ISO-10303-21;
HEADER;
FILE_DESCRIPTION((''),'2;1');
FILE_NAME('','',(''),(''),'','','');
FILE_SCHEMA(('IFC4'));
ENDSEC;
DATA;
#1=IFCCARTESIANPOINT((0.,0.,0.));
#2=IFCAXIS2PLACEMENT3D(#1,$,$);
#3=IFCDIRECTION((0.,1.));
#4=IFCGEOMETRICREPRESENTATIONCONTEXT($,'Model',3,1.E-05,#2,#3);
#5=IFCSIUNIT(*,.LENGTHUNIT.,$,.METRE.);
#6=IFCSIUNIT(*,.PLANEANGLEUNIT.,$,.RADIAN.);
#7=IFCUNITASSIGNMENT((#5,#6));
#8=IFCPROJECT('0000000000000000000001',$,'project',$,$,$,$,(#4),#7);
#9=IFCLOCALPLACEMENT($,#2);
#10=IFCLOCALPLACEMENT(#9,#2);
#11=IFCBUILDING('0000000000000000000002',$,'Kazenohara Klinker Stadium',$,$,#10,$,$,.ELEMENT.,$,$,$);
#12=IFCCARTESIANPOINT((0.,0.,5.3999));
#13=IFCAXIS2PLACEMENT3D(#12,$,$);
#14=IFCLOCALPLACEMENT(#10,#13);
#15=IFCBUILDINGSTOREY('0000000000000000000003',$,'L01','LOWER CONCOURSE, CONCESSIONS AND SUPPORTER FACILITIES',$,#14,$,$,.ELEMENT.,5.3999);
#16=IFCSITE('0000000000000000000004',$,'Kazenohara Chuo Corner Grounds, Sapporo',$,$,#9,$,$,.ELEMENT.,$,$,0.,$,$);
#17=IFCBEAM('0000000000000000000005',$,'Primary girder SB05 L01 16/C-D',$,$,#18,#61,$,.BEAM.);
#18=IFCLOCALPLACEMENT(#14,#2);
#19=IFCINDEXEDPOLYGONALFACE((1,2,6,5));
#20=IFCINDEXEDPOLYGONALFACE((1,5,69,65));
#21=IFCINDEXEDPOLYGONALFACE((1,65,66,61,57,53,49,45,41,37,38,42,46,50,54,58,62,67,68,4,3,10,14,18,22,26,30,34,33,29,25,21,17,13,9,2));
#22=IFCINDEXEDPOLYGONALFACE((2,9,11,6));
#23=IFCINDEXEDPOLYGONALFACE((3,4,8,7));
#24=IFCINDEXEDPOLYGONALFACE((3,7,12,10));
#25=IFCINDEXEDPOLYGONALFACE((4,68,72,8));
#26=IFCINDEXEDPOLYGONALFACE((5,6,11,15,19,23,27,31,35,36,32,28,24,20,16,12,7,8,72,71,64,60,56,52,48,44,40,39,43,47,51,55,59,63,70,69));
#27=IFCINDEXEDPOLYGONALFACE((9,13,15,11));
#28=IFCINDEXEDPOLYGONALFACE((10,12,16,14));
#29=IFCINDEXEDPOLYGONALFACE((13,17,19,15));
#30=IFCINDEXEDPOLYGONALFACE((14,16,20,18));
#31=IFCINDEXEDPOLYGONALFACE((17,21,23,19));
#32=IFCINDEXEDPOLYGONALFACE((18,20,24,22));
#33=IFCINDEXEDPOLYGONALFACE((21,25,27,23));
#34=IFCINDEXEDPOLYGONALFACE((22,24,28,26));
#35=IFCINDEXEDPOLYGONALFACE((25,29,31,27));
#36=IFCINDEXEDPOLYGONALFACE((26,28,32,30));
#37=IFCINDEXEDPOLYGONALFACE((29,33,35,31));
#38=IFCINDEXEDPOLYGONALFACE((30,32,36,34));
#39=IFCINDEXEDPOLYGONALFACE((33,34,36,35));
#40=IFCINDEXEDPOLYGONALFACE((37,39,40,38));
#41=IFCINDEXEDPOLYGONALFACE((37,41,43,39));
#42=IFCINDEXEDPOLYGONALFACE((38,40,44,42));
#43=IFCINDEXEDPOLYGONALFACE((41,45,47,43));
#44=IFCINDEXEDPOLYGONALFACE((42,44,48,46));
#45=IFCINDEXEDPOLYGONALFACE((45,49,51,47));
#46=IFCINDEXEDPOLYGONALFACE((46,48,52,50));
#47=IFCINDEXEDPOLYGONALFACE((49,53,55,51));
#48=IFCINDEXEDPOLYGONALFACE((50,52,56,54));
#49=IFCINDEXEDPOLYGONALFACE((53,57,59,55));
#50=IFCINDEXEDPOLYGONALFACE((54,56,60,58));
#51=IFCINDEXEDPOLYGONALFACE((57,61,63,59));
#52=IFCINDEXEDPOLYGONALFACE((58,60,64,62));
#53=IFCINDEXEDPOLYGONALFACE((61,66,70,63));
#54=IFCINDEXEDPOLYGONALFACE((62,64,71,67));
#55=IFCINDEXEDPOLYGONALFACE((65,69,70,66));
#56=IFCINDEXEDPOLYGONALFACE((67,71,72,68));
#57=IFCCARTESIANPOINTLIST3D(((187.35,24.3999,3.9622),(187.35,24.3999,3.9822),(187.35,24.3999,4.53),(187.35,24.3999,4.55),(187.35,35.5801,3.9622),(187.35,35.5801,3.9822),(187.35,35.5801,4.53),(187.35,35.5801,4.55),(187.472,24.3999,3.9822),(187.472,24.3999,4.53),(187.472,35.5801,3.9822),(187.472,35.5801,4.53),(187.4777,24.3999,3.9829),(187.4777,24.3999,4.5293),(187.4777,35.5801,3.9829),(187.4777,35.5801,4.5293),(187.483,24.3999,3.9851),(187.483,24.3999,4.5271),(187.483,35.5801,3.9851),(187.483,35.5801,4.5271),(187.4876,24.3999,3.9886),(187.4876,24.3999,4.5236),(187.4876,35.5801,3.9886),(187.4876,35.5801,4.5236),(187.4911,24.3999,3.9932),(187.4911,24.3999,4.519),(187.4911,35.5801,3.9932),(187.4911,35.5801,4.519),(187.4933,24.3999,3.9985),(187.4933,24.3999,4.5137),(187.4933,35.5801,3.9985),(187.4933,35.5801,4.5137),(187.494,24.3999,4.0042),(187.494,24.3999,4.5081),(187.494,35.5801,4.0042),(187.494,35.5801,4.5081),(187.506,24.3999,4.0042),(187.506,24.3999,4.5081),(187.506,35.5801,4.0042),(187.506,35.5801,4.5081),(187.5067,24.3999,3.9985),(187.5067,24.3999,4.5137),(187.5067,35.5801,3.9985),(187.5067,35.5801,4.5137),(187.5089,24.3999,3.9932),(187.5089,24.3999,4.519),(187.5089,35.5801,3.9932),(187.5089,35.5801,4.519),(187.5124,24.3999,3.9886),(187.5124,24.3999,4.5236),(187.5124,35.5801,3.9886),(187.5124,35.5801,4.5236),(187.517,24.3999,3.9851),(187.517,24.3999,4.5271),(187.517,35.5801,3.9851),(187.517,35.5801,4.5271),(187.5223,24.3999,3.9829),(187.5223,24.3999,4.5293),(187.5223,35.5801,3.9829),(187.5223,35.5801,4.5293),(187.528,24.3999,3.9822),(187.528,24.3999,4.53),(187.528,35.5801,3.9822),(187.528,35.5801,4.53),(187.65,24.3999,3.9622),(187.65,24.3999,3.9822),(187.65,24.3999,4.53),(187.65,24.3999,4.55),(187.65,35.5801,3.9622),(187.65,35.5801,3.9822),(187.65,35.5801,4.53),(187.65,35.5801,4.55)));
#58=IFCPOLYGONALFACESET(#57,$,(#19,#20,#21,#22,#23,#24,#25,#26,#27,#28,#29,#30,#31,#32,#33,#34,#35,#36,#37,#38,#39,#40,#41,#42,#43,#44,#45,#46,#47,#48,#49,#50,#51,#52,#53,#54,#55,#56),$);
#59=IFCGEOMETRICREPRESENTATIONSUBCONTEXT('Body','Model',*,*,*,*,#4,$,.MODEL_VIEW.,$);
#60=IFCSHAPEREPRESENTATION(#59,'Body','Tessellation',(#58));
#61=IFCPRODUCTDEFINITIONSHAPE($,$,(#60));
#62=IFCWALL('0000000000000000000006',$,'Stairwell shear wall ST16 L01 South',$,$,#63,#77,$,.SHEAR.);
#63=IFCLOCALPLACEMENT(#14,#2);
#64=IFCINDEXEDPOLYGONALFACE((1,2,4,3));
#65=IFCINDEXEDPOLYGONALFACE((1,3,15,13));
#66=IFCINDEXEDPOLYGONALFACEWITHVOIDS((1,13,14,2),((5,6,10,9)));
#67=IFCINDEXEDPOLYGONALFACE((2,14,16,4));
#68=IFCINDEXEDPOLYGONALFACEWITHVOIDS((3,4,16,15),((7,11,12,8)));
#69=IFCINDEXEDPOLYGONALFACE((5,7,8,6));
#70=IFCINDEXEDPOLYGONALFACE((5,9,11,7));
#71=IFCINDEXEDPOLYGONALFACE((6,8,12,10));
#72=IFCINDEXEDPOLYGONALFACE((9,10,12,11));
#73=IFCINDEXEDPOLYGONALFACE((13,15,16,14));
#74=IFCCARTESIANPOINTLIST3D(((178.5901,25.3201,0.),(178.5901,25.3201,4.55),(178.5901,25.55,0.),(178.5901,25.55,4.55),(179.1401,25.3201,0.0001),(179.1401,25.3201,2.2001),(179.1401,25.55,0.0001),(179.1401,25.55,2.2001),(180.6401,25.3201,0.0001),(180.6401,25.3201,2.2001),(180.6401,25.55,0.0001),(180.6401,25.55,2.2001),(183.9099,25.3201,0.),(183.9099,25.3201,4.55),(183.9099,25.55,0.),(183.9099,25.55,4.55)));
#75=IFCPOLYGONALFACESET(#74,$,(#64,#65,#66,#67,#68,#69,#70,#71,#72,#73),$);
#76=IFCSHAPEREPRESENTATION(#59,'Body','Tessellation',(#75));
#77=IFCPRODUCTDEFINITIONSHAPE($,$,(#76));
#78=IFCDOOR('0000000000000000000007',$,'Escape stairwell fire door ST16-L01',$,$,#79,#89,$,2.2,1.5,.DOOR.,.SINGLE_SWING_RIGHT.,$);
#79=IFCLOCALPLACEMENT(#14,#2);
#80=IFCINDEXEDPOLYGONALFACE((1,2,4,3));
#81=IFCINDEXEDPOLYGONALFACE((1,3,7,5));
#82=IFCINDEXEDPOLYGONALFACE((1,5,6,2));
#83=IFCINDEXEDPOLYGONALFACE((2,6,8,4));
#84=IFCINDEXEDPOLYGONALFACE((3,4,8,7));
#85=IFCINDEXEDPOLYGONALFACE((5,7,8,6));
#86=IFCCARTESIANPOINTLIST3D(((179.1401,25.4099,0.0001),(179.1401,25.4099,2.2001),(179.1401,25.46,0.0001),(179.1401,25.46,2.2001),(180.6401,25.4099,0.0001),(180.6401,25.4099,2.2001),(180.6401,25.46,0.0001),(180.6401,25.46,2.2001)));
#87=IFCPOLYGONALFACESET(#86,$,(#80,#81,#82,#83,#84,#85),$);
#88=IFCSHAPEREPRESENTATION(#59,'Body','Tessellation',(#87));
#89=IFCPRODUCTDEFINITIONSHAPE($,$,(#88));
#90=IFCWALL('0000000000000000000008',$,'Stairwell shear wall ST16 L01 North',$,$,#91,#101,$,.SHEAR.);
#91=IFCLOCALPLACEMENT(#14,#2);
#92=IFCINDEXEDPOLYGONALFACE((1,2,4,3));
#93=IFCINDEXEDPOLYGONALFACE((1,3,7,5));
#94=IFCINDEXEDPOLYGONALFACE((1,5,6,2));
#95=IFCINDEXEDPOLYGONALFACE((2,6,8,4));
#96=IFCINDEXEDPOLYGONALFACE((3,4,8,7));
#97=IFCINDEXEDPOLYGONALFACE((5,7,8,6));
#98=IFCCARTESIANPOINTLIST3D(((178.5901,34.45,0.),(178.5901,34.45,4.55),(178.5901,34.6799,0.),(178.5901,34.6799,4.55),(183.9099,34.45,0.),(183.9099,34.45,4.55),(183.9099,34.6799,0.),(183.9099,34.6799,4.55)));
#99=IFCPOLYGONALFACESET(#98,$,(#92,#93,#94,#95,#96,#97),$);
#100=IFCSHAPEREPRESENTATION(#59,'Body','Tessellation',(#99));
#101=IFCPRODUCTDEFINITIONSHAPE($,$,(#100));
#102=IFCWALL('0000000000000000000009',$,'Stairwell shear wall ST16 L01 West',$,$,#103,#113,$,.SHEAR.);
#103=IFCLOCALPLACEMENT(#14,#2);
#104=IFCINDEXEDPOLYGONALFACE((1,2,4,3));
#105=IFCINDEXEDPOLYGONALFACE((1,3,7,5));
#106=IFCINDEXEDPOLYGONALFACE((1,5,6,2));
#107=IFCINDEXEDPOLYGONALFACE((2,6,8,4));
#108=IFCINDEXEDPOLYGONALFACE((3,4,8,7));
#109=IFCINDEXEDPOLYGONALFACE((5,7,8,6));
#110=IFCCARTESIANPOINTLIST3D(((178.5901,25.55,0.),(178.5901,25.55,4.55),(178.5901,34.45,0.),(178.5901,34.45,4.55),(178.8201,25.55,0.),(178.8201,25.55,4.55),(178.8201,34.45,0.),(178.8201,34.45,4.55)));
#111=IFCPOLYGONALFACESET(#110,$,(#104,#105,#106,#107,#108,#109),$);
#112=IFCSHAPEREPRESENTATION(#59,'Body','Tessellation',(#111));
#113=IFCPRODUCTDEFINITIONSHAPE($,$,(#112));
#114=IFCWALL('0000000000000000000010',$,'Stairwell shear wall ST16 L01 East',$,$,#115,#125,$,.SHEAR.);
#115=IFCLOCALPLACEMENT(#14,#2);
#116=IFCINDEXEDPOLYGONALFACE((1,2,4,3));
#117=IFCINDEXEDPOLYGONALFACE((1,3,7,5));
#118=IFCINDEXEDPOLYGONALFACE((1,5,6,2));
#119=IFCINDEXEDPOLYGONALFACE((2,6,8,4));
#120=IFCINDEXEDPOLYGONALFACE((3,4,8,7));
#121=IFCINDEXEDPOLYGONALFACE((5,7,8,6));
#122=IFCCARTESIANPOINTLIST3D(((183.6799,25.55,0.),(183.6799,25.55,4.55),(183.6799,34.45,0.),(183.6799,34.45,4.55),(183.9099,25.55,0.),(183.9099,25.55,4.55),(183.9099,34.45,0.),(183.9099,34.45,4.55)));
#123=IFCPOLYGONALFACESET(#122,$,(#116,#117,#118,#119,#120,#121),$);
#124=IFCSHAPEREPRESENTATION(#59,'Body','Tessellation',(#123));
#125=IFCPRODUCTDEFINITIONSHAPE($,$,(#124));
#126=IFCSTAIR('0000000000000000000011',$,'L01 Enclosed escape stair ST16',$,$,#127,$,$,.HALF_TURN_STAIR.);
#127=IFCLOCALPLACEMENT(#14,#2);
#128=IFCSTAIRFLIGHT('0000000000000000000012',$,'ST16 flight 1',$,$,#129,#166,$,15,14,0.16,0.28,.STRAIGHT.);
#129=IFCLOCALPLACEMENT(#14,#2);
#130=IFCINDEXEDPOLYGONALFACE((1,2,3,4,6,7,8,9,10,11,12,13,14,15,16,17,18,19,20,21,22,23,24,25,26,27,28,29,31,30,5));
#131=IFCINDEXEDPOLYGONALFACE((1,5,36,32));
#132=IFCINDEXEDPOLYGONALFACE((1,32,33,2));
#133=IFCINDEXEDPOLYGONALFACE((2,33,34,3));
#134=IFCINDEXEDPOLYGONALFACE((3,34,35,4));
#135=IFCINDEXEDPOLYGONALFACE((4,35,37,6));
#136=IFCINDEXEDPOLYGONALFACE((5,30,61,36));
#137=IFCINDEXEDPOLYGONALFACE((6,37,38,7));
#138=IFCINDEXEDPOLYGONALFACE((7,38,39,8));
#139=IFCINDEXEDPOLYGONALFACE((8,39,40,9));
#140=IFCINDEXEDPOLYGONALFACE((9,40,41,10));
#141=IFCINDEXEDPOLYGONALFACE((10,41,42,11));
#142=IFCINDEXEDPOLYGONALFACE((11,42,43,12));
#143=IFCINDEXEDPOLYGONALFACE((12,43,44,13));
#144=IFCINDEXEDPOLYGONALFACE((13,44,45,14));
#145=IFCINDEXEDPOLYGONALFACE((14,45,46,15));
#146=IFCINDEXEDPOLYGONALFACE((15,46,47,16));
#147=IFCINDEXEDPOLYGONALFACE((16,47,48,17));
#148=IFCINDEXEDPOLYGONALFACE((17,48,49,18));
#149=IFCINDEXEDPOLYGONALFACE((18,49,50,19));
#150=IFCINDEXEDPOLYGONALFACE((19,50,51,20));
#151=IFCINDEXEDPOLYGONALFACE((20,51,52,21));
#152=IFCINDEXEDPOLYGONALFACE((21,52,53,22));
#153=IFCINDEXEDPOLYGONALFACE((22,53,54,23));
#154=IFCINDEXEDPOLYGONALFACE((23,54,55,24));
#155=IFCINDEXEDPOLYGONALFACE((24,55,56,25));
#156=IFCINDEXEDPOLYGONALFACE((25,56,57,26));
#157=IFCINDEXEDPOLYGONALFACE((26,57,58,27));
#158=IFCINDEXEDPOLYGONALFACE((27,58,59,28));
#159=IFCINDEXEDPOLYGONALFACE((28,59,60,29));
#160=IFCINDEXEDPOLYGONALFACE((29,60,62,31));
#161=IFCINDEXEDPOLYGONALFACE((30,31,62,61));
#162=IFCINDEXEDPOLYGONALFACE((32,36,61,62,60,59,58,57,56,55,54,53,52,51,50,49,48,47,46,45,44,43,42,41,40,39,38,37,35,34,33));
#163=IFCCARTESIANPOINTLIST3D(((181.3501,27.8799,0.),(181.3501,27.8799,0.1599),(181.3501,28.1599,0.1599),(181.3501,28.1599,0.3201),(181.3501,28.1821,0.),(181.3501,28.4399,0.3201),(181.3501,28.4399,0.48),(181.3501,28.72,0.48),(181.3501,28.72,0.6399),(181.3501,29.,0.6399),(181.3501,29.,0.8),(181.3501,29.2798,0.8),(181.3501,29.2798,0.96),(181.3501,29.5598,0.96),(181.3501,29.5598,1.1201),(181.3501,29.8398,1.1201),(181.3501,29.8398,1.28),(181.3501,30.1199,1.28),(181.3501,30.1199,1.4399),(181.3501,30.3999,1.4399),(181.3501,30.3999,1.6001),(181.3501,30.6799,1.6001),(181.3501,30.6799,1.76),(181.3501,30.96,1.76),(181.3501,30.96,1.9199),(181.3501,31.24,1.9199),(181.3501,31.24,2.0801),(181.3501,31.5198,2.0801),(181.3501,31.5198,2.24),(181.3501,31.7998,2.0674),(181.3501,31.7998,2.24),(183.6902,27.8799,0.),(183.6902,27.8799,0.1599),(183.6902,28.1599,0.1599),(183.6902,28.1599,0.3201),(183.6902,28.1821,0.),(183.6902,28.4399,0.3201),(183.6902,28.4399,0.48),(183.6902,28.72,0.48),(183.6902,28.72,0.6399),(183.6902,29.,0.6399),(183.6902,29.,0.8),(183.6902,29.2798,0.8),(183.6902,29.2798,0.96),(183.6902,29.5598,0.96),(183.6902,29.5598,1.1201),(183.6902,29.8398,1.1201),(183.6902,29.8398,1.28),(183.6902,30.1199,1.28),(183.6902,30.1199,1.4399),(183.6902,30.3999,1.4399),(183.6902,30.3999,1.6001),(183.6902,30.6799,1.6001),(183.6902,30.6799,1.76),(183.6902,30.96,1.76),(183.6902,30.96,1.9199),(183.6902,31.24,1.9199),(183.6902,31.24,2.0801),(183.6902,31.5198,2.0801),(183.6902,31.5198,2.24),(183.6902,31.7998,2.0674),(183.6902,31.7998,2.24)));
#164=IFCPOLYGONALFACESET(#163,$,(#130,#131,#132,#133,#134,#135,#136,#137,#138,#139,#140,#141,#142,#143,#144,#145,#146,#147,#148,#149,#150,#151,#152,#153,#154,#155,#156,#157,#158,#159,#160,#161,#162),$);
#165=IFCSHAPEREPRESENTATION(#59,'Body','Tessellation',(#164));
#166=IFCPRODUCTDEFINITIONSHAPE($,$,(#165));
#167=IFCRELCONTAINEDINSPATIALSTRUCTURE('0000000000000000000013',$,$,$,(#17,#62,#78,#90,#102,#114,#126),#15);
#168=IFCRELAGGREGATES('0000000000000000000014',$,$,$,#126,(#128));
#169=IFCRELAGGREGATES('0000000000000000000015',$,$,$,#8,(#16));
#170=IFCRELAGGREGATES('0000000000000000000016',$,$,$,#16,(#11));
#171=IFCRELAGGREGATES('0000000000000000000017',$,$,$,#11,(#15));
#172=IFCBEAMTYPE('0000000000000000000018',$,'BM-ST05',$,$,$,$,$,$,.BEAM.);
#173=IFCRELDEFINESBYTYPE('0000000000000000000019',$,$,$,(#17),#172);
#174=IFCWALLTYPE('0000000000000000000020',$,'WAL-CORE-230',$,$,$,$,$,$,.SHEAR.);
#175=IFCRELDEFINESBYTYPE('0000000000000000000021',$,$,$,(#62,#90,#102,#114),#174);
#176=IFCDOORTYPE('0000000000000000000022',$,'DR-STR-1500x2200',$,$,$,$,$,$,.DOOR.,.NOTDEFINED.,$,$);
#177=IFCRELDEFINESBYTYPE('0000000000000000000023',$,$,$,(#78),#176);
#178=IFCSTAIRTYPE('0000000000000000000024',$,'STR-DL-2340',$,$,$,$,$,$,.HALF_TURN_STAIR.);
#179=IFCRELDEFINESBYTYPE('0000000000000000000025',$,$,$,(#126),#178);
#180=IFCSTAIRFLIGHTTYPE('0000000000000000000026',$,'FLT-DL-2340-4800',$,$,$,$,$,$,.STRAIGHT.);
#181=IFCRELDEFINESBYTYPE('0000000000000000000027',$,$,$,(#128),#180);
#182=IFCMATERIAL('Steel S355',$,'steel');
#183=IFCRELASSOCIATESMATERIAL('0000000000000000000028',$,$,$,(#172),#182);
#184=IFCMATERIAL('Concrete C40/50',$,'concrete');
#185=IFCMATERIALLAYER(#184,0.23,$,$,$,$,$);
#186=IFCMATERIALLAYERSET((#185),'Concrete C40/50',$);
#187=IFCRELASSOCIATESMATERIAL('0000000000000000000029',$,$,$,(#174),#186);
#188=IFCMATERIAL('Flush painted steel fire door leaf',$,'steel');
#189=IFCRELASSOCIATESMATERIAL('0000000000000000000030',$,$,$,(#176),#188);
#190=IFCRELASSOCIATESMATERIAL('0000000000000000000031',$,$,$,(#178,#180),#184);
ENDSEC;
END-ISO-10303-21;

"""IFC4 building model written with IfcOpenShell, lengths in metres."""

from ifc_helpers import new_model, si_unit, direction, frame, frame_2d, origin, origin_2d, place, context, subcontext, project, spatial, polyline, rectangle, i_section, outline, extrude, material, layer, layer_set, material_profile, profile_set, type_object, element, fill, aggregate, save


model = new_model("IFC4")

# Units and contexts
model_context = context("Model", 3, precision=1e-05, world=origin(), true_north=direction((0.0, 1.0)))
body_context = subcontext(model_context, "Body", "Model", "MODEL_VIEW")
ifc_project = project(units=[si_unit("LENGTHUNIT", "METRE"), si_unit("PLANEANGLEUNIT", "RADIAN")], contexts=[model_context])

# Site, building, storey
site_placement = place(None, origin())
site = spatial("IfcSite", under=ifc_project, at=site_placement, Name="Kazenohara Chuo Corner Grounds, Sapporo", CompositionType="ELEMENT", RefElevation=0.0)
building_placement = place(site_placement, origin())
building = spatial("IfcBuilding", under=site, at=building_placement, Name="Kazenohara Klinker Stadium", CompositionType="ELEMENT")
storey_placement = place(building_placement, frame((0.0, 0.0, 5.3999)))
storey = spatial("IfcBuildingStorey", under=building, at=storey_placement, Name="L01", Description="LOWER CONCOURSE, CONCESSIONS AND SUPPORTER FACILITIES", CompositionType="ELEMENT", Elevation=5.3999)

# Shared definitions
ifc_material_1 = material(Name="Concrete C40/50", Category="concrete")

# Beam
ifc_material_2 = material(Name="Steel S355", Category="steel")
ifc_material_profile_1 = material_profile(ifc_material_2, i_section(OverallWidth=0.3, OverallDepth=0.5879, WebThickness=0.012, FlangeThickness=0.02, FilletRadius=0.022, at=origin_2d()), Name="H-588x300x12x20")
ifc_profile_set_1 = profile_set([ifc_material_profile_1], Name="Steel S355")
beam_type_1 = type_object("IfcBeamType", Name="BM-ST05", PredefinedType="BEAM", material=ifc_profile_set_1)
beam_1_placement = place(storey_placement, frame((187.5, 24.3999, 4.2561), z_axis=(0.0, 1.0, 0.0), x_axis=(-1.0, 0.0, 0.0)))
element("IfcBeam", 1, at=beam_1_placement, inside=storey, type_object=beam_type_1, Name="Primary girder SB05 L01 16/C-D", PredefinedType="BEAM", context=body_context, shape_type="SweptSolid", body=[
    extrude(i_section(OverallWidth=0.3, OverallDepth=0.5879, WebThickness=0.012, FlangeThickness=0.02, FilletRadius=0.022, at=origin_2d()), origin(), (0.0, 0.0, 1.0), 11.1802),
])

# Wall, opening, door
ifc_layer_1 = layer(ifc_material_1, 0.23)
ifc_layer_set_1 = layer_set([ifc_layer_1], Name="Concrete C40/50")
wall_type = type_object("IfcWallType", Name="WAL-CORE-230", PredefinedType="SHEAR", material=ifc_layer_set_1)
wall_1_placement = place(storey_placement, frame((178.5901, 25.4351, 0.0), z_axis=(0.0, 0.0, 1.0), x_axis=(1.0, 0.0, 0.0)))
wall_1 = element("IfcWall", 2, at=wall_1_placement, inside=storey, type_object=wall_type, Name="Stairwell shear wall ST16 L01 South", PredefinedType="SHEAR", context=body_context, shape_type="SweptSolid", body=[
    extrude(rectangle(XDim=5.3198, YDim=0.23, at=frame_2d((2.6599, 0.0))), origin(), (0.0, 0.0, 1.0), 4.55),
])
opening_placement = place(wall_1_placement, frame((0.55, 0.0, 0.0)))
opening = element("IfcOpeningElement", 3, at=opening_placement, cuts=wall_1, PredefinedType="OPENING", context=body_context, shape_type="SweptSolid", body=[
    extrude(rectangle(XDim=1.5, YDim=2.2, at=frame_2d((0.75, 1.1001))), frame((0.0, 0.125, 0.0), z_axis=(0.0, -1.0, 0.0), x_axis=(1.0, 0.0, 0.0)), (0.0, 0.0, 1.0), 0.25),
])
ifc_material_3 = material(Name="Flush painted steel fire door leaf", Category="steel")
door_type = type_object("IfcDoorType", Name="DR-STR-1500x2200", OperationType="NOTDEFINED", PredefinedType="DOOR", material=ifc_material_3)
door_placement = place(opening_placement, origin())
door = element("IfcDoor", 4, at=door_placement, inside=storey, type_object=door_type, Name="Escape stairwell fire door ST16-L01", OperationType="SINGLE_SWING_RIGHT", OverallHeight=2.2, OverallWidth=1.5, PredefinedType="DOOR", context=body_context, shape_type="SweptSolid", body=[
    extrude(rectangle(XDim=1.5, YDim=2.2, at=frame_2d((0.75, 1.1001))), frame((0.0, 0.0249, 0.0), z_axis=(0.0, -1.0, 0.0), x_axis=(1.0, 0.0, 0.0)), (0.0, 0.0, 1.0), 0.05),
])
fill(opening, door)

# Walls
wall_2_placement = place(storey_placement, frame((178.5901, 34.5649, 0.0), z_axis=(0.0, 0.0, 1.0), x_axis=(1.0, 0.0, 0.0)))
element("IfcWall", 5, at=wall_2_placement, inside=storey, type_object=wall_type, Name="Stairwell shear wall ST16 L01 North", PredefinedType="SHEAR", context=body_context, shape_type="SweptSolid", body=[
    extrude(rectangle(XDim=5.3198, YDim=0.23, at=frame_2d((2.6599, 0.0))), origin(), (0.0, 0.0, 1.0), 4.55),
])
for number, where, z_axis, x_axis, name in (
    (6, (178.7051, 25.55, 0.0), (0.0, 0.0, 1.0), (0.0, 1.0, 0.0), "Stairwell shear wall ST16 L01 West"),
    (7, (183.7949, 25.55, 0.0), (0.0, 0.0, 1.0), (0.0, 1.0, 0.0), "Stairwell shear wall ST16 L01 East"),
):
    element("IfcWall", number, at=place(storey_placement, frame(where, z_axis=z_axis, x_axis=x_axis)), inside=storey, type_object=wall_type, Name=name, PredefinedType="SHEAR", context=body_context, shape_type="SweptSolid", body=[
        extrude(rectangle(XDim=8.8999, YDim=0.23, at=frame_2d((4.45, 0.0))), origin(), (0.0, 0.0, 1.0), 4.55),
    ])

# Stair, stair flight
stair_type = type_object("IfcStairType", Name="STR-DL-2340", PredefinedType="HALF_TURN_STAIR", material=ifc_material_1)
stair_placement = place(storey_placement, origin())
stair = element("IfcStair", 8, at=stair_placement, inside=storey, type_object=stair_type, Name="L01 Enclosed escape stair ST16", PredefinedType="HALF_TURN_STAIR")
stair_flight_type = type_object("IfcStairFlightType", Name="FLT-DL-2340-4800", PredefinedType="STRAIGHT", material=ifc_material_1)
stair_flight_1_placement = place(storey_placement, frame((182.52, 27.8799, 0.0), z_axis=(0.0, 0.0, 1.0), x_axis=(0.0, 1.0, 0.0)))
stair_flight_1 = element("IfcStairFlight", 9, at=stair_flight_1_placement, type_object=stair_flight_type, Name="ST16 flight 1", NumberOfRisers=15, NumberOfTreads=14, PredefinedType="STRAIGHT", RiserHeight=0.16, TreadLength=0.28, context=body_context, shape_type="SweptSolid", body=[
    extrude(outline(polyline([(0.0, 0.0), (0.0, 0.1599), (0.28, 0.1599), (0.28, 0.3201), (0.5601, 0.3201), (0.5601, 0.48), (0.8401, 0.48), (0.8401, 0.6399), (1.1201, 0.6399), (1.1201, 0.8), (1.3999, 0.8), (1.3999, 0.96), (1.6799, 0.96), (1.6799, 1.1201), (1.96, 1.1201), (1.96, 1.28), (2.24, 1.28), (2.24, 1.4399), (2.52, 1.4399), (2.52, 1.6001), (2.8, 1.6001), (2.8, 1.76), (3.0801, 1.76), (3.0801, 1.9199), (3.3601, 1.9199), (3.3601, 2.0801), (3.6399, 2.0801), (3.6399, 2.24), (3.9199, 2.24), (3.9199, 2.3999), (3.9199, 2.0674), (0.3022, 0.0), (0.0, 0.0)])), frame((0.0, 1.1699, 0.0), z_axis=(0.0, -1.0, 0.0), x_axis=(1.0, 0.0, 0.0)), (0.0, 0.0, 1.0), 2.3401),
])
aggregate(stair, [stair_flight_1])

save(model, "model.ifc")
